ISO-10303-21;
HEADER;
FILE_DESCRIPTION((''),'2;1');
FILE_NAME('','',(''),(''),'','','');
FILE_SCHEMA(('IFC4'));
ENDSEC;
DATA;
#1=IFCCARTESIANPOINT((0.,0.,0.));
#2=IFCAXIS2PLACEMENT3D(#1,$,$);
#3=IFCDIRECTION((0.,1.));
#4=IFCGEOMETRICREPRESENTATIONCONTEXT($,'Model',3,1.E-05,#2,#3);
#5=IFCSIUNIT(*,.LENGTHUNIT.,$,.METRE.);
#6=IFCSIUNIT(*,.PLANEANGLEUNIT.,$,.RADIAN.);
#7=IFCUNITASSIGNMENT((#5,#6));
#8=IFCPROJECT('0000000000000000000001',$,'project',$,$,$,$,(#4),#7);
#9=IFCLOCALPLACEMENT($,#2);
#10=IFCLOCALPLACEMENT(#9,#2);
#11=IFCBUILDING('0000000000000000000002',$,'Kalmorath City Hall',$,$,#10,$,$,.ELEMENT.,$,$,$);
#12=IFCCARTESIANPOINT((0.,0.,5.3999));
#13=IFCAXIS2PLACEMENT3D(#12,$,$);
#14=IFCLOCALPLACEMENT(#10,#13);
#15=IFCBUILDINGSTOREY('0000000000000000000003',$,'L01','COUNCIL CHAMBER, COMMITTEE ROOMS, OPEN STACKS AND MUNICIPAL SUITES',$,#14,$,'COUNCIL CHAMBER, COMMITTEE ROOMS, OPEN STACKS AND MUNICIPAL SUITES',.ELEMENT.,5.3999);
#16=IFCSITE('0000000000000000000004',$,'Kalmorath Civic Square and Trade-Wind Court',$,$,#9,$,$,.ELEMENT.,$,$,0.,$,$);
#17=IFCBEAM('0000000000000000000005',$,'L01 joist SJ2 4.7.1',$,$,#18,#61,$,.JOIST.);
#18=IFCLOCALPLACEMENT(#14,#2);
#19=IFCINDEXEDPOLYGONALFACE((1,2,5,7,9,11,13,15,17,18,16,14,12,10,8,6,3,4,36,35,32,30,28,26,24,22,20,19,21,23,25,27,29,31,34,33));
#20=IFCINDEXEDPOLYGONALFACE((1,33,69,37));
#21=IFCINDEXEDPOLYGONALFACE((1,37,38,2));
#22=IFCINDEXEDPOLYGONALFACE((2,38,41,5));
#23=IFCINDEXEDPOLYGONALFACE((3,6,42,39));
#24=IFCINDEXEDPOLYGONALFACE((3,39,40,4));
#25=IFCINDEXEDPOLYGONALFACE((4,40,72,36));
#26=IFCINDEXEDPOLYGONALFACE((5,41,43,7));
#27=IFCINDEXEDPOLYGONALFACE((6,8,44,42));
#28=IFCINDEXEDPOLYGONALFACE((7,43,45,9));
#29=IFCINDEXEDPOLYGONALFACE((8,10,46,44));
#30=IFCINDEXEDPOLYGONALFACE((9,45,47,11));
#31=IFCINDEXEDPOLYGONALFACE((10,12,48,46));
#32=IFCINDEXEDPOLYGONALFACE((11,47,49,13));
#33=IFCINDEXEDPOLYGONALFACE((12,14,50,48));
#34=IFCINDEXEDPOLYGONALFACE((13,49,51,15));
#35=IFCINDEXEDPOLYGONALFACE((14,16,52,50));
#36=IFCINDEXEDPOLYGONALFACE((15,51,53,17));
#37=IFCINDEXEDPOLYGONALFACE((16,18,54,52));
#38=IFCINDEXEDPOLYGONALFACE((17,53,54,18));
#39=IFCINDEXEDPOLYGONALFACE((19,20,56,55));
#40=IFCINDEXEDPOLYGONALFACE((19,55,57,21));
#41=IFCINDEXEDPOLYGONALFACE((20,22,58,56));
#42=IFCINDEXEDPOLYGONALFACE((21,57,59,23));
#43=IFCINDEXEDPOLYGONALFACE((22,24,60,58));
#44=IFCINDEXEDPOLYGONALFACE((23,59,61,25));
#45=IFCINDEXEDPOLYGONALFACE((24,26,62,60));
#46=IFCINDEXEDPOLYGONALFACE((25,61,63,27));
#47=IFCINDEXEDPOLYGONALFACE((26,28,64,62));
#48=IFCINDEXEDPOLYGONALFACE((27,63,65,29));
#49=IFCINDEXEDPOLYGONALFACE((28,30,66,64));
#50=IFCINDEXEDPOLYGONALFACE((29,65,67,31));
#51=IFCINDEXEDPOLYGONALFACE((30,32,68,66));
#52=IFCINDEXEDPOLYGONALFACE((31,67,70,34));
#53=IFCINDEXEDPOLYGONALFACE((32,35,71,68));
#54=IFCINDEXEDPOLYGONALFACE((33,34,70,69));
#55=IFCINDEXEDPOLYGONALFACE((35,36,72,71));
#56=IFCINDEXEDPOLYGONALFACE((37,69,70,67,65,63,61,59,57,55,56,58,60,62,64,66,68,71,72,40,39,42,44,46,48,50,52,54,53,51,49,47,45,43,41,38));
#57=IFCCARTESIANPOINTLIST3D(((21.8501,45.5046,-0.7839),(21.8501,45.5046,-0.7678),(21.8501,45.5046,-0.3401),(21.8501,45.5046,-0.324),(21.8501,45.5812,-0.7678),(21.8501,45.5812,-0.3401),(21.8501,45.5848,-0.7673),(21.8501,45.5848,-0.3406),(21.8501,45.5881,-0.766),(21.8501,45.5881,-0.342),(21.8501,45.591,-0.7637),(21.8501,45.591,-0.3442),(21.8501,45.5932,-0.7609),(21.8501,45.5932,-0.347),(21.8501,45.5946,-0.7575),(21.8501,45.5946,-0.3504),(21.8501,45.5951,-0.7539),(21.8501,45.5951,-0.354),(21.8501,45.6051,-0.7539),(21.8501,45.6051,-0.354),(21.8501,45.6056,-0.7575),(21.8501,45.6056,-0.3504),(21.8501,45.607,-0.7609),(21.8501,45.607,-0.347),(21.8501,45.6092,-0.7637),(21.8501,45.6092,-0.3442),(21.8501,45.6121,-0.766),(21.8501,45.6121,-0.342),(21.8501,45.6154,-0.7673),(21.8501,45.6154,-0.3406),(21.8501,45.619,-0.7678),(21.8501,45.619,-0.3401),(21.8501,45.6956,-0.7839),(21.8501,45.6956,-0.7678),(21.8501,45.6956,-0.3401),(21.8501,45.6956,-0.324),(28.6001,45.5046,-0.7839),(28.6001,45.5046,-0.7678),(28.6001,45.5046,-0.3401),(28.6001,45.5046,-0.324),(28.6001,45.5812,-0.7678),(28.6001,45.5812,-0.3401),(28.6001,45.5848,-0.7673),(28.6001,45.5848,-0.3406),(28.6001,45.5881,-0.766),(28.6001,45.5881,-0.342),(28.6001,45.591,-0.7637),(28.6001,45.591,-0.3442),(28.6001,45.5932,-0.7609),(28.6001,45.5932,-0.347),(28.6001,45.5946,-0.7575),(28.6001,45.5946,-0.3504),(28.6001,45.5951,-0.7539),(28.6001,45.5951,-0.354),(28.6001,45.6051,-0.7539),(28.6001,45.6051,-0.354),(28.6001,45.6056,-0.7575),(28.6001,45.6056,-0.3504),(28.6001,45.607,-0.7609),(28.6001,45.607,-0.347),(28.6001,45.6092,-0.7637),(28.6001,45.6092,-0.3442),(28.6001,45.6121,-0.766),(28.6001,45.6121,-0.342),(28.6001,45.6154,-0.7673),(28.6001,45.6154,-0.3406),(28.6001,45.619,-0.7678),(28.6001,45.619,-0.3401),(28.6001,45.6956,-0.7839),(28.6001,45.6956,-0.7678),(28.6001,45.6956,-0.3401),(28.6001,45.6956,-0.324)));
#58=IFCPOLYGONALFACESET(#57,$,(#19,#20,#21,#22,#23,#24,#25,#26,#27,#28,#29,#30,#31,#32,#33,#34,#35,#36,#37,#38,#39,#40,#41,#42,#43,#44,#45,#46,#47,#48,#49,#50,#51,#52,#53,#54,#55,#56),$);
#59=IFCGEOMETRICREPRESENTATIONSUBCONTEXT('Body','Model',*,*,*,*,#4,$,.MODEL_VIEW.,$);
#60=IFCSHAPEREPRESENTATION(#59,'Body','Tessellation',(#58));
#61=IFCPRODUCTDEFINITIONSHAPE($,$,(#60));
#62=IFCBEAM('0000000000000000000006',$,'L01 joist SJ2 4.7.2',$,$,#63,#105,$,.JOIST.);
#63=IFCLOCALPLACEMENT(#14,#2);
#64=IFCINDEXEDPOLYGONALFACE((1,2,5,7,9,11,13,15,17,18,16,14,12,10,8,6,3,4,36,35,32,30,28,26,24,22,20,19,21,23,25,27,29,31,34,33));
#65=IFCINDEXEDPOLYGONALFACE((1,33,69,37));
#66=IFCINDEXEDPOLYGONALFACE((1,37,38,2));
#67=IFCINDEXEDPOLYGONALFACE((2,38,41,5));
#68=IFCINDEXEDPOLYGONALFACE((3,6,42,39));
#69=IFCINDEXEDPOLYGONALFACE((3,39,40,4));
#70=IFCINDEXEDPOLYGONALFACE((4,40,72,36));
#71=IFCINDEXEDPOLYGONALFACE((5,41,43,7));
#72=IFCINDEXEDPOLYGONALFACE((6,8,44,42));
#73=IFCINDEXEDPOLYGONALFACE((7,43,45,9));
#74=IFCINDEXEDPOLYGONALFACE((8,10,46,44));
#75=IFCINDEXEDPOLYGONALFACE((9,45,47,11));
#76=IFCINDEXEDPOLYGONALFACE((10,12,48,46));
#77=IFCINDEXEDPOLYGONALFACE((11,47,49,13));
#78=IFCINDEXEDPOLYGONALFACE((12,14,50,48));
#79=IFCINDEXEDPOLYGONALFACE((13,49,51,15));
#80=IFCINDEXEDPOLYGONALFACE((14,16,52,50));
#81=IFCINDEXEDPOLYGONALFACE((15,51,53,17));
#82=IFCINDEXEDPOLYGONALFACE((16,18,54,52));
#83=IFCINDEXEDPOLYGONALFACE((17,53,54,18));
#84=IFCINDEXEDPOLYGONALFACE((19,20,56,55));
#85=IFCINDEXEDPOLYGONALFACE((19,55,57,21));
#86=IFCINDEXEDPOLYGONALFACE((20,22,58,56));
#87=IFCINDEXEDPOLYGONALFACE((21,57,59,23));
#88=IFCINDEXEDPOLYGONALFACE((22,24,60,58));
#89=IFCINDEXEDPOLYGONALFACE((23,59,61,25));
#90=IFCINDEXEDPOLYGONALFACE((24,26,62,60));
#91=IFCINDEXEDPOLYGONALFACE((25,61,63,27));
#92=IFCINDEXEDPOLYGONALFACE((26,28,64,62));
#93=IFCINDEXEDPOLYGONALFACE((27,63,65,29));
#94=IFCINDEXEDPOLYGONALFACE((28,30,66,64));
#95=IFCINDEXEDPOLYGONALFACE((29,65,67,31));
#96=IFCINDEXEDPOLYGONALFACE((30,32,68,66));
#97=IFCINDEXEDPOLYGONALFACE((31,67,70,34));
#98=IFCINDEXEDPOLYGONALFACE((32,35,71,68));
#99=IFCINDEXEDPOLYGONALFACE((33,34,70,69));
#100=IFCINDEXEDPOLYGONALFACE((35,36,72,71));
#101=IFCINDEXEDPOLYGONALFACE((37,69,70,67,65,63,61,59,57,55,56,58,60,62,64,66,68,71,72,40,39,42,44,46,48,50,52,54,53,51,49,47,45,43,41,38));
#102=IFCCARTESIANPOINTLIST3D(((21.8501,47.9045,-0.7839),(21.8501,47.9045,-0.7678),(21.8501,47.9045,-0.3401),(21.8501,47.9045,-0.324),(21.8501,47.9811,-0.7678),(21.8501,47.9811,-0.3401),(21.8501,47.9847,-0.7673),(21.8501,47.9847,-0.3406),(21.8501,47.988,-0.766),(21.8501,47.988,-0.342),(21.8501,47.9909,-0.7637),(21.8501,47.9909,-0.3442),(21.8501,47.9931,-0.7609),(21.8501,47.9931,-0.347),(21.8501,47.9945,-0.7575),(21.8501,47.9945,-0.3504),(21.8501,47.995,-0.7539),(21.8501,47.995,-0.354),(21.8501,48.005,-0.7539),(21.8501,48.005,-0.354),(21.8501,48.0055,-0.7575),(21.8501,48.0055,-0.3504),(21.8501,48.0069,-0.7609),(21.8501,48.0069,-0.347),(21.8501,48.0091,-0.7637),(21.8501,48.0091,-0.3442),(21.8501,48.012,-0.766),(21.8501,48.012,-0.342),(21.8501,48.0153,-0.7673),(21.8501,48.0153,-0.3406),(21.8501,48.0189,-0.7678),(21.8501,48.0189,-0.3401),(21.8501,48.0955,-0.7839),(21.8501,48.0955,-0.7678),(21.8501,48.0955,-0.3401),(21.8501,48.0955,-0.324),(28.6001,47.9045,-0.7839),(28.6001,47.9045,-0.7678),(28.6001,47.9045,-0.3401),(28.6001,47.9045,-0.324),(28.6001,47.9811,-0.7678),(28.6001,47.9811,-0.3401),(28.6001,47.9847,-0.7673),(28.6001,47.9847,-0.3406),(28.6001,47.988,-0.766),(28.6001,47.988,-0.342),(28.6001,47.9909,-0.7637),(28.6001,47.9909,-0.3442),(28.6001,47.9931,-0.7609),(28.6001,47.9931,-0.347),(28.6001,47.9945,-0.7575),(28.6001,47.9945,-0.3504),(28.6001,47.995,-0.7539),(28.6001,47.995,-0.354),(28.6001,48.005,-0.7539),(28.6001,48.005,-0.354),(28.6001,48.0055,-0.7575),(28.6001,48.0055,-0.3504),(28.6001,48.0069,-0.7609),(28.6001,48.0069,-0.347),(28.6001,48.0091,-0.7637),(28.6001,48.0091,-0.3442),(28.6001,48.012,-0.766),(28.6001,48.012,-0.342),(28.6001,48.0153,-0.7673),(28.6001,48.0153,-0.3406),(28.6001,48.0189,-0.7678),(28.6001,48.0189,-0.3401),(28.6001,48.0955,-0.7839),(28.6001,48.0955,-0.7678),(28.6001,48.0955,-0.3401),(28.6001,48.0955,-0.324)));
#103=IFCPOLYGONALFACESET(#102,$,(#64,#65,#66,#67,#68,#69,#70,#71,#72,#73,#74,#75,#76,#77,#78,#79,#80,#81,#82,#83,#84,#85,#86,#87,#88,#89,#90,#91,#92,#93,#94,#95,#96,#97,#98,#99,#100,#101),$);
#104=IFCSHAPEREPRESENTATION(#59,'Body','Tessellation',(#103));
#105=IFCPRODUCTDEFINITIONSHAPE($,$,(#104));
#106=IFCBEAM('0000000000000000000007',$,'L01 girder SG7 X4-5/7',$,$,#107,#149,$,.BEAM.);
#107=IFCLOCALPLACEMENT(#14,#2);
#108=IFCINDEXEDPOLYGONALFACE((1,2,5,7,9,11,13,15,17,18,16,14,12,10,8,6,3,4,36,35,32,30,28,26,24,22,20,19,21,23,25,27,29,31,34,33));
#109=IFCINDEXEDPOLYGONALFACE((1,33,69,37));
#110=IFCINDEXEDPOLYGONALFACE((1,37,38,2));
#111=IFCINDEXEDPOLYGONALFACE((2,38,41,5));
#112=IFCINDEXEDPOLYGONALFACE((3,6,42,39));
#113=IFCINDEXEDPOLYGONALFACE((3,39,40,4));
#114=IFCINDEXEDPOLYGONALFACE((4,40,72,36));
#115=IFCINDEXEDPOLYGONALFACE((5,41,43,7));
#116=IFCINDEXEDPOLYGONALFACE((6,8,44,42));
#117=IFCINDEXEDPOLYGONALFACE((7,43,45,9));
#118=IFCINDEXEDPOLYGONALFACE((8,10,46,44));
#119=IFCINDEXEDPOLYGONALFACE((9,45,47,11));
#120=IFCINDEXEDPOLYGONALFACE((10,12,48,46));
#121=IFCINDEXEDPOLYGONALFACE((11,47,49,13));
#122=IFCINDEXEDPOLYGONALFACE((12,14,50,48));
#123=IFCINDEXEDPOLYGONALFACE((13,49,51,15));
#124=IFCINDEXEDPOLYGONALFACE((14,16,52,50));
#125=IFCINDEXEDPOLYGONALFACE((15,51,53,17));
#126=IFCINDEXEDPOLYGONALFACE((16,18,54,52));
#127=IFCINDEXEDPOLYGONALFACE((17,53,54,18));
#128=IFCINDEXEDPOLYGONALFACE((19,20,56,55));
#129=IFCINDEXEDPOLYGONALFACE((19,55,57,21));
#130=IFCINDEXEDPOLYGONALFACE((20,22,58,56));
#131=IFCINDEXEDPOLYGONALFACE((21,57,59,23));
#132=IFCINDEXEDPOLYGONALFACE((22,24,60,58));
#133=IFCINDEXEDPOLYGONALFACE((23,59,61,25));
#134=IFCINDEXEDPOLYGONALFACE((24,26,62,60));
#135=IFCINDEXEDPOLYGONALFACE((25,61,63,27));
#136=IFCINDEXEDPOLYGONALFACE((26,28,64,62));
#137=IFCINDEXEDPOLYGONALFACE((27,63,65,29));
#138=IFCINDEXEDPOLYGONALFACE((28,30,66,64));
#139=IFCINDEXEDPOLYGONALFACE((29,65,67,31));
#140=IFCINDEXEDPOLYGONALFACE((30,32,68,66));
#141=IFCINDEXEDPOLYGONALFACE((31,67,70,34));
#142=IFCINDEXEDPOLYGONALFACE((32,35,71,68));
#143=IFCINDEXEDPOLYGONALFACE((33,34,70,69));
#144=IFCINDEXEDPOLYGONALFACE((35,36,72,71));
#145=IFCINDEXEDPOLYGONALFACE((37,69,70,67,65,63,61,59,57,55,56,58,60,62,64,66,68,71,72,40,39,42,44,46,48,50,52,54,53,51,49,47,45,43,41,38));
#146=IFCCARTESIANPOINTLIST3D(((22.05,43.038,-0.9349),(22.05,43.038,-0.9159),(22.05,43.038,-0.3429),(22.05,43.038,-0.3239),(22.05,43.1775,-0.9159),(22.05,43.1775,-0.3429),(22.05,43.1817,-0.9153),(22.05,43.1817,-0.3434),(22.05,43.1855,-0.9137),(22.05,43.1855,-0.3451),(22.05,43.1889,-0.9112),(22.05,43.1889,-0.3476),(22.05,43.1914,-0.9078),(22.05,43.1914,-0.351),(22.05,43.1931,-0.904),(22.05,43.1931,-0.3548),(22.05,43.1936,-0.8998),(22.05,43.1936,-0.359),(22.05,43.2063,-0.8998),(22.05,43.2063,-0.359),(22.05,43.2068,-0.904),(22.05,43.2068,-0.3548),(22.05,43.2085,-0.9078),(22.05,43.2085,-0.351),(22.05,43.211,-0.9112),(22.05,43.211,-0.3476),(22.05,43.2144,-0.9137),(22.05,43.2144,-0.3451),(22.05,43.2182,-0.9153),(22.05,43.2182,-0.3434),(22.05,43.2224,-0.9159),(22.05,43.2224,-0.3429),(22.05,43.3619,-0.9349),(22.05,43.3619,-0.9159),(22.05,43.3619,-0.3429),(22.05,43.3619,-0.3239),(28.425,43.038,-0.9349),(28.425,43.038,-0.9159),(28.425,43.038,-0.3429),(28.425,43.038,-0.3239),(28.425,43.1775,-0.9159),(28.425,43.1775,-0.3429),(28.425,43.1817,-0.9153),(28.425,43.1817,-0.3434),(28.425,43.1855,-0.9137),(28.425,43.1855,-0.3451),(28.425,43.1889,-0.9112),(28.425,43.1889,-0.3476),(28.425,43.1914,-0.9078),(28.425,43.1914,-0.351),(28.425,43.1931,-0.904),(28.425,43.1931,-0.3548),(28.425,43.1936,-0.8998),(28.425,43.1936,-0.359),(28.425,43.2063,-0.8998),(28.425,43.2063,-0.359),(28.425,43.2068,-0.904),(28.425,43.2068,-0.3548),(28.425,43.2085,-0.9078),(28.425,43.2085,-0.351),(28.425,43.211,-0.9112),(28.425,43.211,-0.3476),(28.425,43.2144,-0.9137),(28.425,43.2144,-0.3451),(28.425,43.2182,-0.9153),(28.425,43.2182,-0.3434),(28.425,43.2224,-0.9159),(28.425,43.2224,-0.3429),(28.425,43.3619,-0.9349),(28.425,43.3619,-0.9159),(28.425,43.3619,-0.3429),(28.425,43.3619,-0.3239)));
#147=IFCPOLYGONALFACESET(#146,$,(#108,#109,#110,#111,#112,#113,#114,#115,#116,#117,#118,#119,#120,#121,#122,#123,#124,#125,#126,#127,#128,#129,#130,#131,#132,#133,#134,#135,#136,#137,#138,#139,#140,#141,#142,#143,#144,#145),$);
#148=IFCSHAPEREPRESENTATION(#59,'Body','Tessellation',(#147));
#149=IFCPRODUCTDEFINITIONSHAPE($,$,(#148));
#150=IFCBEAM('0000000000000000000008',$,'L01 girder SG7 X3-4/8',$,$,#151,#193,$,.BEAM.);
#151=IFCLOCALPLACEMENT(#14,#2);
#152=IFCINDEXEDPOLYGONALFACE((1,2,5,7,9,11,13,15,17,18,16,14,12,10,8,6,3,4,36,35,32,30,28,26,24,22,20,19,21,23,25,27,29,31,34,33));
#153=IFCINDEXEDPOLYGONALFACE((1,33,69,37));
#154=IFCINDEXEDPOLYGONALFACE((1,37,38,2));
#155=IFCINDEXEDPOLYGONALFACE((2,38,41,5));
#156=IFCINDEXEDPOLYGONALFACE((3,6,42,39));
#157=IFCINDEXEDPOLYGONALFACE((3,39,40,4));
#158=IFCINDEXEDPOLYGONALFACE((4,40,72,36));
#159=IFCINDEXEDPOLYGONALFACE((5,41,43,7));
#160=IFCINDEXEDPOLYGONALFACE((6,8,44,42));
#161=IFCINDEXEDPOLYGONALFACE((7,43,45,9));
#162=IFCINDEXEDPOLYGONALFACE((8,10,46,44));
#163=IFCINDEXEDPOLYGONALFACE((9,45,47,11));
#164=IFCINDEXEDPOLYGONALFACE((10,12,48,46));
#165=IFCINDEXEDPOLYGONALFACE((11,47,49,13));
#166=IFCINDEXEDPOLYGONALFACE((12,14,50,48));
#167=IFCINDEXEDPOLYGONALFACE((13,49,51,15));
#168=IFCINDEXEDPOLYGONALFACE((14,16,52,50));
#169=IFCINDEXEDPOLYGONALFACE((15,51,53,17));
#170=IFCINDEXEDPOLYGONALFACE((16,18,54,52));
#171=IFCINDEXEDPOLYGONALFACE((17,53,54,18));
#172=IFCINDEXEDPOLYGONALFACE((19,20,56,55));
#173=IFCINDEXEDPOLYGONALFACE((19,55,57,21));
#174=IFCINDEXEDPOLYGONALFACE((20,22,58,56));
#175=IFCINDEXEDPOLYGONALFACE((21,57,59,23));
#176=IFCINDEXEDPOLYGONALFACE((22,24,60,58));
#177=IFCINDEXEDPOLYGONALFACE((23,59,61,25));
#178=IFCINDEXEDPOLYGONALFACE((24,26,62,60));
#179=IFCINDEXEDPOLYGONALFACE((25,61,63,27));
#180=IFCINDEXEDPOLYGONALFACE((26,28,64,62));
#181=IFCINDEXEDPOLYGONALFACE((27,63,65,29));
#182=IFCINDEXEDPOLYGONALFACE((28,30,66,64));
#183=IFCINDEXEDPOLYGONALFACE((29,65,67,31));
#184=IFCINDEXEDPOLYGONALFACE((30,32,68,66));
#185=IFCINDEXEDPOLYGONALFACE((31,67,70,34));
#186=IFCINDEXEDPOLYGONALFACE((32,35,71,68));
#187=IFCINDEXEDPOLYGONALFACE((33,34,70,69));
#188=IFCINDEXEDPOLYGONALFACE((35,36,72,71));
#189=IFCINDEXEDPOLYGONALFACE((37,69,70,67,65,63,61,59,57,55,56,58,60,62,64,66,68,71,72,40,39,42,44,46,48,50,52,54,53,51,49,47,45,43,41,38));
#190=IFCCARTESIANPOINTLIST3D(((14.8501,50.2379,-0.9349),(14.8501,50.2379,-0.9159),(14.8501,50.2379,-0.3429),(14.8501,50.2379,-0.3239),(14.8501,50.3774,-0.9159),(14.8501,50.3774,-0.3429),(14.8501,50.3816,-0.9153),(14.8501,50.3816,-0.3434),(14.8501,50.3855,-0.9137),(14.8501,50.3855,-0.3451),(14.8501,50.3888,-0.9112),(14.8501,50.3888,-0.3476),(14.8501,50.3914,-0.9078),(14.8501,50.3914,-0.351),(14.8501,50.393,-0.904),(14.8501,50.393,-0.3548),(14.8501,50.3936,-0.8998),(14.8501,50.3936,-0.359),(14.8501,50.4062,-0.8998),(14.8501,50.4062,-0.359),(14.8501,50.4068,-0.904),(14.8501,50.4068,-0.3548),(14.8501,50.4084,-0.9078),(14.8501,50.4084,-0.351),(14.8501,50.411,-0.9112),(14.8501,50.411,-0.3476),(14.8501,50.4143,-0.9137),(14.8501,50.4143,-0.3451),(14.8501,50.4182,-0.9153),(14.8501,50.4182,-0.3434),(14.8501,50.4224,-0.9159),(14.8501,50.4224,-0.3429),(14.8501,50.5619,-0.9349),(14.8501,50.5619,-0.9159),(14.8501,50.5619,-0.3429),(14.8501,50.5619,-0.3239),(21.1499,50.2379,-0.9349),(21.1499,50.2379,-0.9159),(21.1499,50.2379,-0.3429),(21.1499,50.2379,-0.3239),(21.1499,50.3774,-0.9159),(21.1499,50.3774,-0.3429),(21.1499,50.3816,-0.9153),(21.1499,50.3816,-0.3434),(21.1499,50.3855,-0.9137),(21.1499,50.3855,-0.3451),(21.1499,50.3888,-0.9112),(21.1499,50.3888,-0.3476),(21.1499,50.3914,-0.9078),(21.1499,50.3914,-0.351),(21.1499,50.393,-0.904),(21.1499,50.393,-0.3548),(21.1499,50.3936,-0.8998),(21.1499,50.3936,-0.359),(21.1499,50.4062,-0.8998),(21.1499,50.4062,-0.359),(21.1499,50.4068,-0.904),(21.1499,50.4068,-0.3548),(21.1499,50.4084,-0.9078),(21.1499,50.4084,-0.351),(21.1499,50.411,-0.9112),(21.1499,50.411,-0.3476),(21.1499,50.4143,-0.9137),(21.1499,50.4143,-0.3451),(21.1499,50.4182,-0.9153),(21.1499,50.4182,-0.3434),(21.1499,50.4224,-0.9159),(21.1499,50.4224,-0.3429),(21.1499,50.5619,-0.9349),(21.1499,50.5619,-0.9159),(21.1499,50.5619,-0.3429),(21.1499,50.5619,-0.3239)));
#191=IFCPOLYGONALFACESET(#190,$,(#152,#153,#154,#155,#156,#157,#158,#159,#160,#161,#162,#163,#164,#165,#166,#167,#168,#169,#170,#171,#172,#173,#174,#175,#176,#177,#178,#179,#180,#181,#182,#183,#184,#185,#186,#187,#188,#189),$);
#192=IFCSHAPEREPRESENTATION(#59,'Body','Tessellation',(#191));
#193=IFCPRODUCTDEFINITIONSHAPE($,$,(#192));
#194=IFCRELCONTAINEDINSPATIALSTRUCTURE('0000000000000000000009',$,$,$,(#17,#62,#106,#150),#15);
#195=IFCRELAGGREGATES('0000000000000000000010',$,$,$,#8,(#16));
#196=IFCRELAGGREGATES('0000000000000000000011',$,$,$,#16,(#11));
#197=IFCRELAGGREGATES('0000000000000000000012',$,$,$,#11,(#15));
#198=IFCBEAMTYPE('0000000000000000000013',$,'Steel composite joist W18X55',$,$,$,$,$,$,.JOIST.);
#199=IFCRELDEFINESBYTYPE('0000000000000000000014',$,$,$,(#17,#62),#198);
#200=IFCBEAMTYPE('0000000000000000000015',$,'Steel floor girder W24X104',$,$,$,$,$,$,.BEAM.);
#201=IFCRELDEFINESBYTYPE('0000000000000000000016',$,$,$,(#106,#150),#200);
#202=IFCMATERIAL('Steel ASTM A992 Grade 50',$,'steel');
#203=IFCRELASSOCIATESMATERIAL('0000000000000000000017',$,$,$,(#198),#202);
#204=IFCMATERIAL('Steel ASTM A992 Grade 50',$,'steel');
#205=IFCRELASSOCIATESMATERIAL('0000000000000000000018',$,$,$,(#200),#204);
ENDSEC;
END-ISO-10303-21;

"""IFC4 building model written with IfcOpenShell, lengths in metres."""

from ifc_helpers import new_model, si_unit, direction, frame, origin, origin_2d, place, context, subcontext, project, spatial, i_section, extrude, material, material_profile, profile_set, type_object, element, save


model = new_model("IFC4")

# Units and contexts
model_context = context("Model", 3, precision=1e-05, world=origin(), true_north=direction((0.0, 1.0)))
body_context = subcontext(model_context, "Body", "Model", "MODEL_VIEW")
ifc_project = project(units=[si_unit("LENGTHUNIT", "METRE"), si_unit("PLANEANGLEUNIT", "RADIAN")], contexts=[model_context])

# Site, building, storey
site_placement = place(None, origin())
site = spatial("IfcSite", under=ifc_project, at=site_placement, Name="Kalmorath Civic Square and Trade-Wind Court", CompositionType="ELEMENT", RefElevation=0.0)
building_placement = place(site_placement, origin())
building = spatial("IfcBuilding", under=site, at=building_placement, Name="Kalmorath City Hall", CompositionType="ELEMENT")
storey_placement = place(building_placement, frame((0.0, 0.0, 5.3999)))
storey = spatial("IfcBuildingStorey", under=building, at=storey_placement, Name="L01", Description="COUNCIL CHAMBER, COMMITTEE ROOMS, OPEN STACKS AND MUNICIPAL SUITES", LongName="COUNCIL CHAMBER, COMMITTEE ROOMS, OPEN STACKS AND MUNICIPAL SUITES", CompositionType="ELEMENT", Elevation=5.3999)

# Beams
ifc_material_1 = material(Name="Steel ASTM A992 Grade 50", Category="steel")
ifc_material_profile_1 = material_profile(ifc_material_1, i_section(OverallWidth=0.1909, OverallDepth=0.46, WebThickness=0.01, FlangeThickness=0.0161, FilletRadius=0.0139, at=origin_2d()), Name="W18X55")
ifc_profile_set_1 = profile_set([ifc_material_profile_1], Name="Steel ASTM A992 Grade 50")
beam_type_1 = type_object("IfcBeamType", Name="Steel composite joist W18X55", PredefinedType="JOIST", material=ifc_profile_set_1)
for number, where, z_axis, x_axis, name in (
    (1, (21.8501, 45.6001, -0.554), (1.0, 0.0, 0.0), (0.0, 1.0, 0.0), "L01 joist SJ2 4.7.1"),
    (2, (21.8501, 48.0, -0.554), (1.0, 0.0, 0.0), (0.0, 1.0, 0.0), "L01 joist SJ2 4.7.2"),
):
    element("IfcBeam", number, at=place(storey_placement, frame(where, z_axis=z_axis, x_axis=x_axis)), inside=storey, type_object=beam_type_1, Name=name, PredefinedType="JOIST", context=body_context, shape_type="SweptSolid", body=[
        extrude(i_section(OverallWidth=0.1909, OverallDepth=0.46, WebThickness=0.01, FlangeThickness=0.0161, FilletRadius=0.0139, at=origin_2d()), origin(), (0.0, 0.0, 1.0), 6.75),
    ])
ifc_material_2 = material(Name="Steel ASTM A992 Grade 50", Category="steel")
ifc_material_profile_2 = material_profile(ifc_material_2, i_section(OverallWidth=0.324, OverallDepth=0.6111, WebThickness=0.0127, FlangeThickness=0.019, FilletRadius=0.0161, at=origin_2d()), Name="W24X104")
ifc_profile_set_2 = profile_set([ifc_material_profile_2], Name="Steel ASTM A992 Grade 50")
beam_type_2 = type_object("IfcBeamType", Name="Steel floor girder W24X104", PredefinedType="BEAM", material=ifc_profile_set_2)
beam_1_placement = place(storey_placement, frame((22.05, 43.2, -0.6294), z_axis=(1.0, 0.0, 0.0), x_axis=(0.0, 1.0, 0.0)))
element("IfcBeam", 3, at=beam_1_placement, inside=storey, type_object=beam_type_2, Name="L01 girder SG7 X4-5/7", PredefinedType="BEAM", context=body_context, shape_type="SweptSolid", body=[
    extrude(i_section(OverallWidth=0.324, OverallDepth=0.6111, WebThickness=0.0127, FlangeThickness=0.019, FilletRadius=0.0161, at=origin_2d()), origin(), (0.0, 0.0, 1.0), 6.375),
])
beam_2_placement = place(storey_placement, frame((14.8501, 50.3999, -0.6294), z_axis=(1.0, 0.0, 0.0), x_axis=(0.0, 1.0, 0.0)))
element("IfcBeam", 4, at=beam_2_placement, inside=storey, type_object=beam_type_2, Name="L01 girder SG7 X3-4/8", PredefinedType="BEAM", context=body_context, shape_type="SweptSolid", body=[
    extrude(i_section(OverallWidth=0.324, OverallDepth=0.6111, WebThickness=0.0127, FlangeThickness=0.019, FilletRadius=0.0161, at=origin_2d()), origin(), (0.0, 0.0, 1.0), 6.2998),
])

save(model, "model.ifc")
